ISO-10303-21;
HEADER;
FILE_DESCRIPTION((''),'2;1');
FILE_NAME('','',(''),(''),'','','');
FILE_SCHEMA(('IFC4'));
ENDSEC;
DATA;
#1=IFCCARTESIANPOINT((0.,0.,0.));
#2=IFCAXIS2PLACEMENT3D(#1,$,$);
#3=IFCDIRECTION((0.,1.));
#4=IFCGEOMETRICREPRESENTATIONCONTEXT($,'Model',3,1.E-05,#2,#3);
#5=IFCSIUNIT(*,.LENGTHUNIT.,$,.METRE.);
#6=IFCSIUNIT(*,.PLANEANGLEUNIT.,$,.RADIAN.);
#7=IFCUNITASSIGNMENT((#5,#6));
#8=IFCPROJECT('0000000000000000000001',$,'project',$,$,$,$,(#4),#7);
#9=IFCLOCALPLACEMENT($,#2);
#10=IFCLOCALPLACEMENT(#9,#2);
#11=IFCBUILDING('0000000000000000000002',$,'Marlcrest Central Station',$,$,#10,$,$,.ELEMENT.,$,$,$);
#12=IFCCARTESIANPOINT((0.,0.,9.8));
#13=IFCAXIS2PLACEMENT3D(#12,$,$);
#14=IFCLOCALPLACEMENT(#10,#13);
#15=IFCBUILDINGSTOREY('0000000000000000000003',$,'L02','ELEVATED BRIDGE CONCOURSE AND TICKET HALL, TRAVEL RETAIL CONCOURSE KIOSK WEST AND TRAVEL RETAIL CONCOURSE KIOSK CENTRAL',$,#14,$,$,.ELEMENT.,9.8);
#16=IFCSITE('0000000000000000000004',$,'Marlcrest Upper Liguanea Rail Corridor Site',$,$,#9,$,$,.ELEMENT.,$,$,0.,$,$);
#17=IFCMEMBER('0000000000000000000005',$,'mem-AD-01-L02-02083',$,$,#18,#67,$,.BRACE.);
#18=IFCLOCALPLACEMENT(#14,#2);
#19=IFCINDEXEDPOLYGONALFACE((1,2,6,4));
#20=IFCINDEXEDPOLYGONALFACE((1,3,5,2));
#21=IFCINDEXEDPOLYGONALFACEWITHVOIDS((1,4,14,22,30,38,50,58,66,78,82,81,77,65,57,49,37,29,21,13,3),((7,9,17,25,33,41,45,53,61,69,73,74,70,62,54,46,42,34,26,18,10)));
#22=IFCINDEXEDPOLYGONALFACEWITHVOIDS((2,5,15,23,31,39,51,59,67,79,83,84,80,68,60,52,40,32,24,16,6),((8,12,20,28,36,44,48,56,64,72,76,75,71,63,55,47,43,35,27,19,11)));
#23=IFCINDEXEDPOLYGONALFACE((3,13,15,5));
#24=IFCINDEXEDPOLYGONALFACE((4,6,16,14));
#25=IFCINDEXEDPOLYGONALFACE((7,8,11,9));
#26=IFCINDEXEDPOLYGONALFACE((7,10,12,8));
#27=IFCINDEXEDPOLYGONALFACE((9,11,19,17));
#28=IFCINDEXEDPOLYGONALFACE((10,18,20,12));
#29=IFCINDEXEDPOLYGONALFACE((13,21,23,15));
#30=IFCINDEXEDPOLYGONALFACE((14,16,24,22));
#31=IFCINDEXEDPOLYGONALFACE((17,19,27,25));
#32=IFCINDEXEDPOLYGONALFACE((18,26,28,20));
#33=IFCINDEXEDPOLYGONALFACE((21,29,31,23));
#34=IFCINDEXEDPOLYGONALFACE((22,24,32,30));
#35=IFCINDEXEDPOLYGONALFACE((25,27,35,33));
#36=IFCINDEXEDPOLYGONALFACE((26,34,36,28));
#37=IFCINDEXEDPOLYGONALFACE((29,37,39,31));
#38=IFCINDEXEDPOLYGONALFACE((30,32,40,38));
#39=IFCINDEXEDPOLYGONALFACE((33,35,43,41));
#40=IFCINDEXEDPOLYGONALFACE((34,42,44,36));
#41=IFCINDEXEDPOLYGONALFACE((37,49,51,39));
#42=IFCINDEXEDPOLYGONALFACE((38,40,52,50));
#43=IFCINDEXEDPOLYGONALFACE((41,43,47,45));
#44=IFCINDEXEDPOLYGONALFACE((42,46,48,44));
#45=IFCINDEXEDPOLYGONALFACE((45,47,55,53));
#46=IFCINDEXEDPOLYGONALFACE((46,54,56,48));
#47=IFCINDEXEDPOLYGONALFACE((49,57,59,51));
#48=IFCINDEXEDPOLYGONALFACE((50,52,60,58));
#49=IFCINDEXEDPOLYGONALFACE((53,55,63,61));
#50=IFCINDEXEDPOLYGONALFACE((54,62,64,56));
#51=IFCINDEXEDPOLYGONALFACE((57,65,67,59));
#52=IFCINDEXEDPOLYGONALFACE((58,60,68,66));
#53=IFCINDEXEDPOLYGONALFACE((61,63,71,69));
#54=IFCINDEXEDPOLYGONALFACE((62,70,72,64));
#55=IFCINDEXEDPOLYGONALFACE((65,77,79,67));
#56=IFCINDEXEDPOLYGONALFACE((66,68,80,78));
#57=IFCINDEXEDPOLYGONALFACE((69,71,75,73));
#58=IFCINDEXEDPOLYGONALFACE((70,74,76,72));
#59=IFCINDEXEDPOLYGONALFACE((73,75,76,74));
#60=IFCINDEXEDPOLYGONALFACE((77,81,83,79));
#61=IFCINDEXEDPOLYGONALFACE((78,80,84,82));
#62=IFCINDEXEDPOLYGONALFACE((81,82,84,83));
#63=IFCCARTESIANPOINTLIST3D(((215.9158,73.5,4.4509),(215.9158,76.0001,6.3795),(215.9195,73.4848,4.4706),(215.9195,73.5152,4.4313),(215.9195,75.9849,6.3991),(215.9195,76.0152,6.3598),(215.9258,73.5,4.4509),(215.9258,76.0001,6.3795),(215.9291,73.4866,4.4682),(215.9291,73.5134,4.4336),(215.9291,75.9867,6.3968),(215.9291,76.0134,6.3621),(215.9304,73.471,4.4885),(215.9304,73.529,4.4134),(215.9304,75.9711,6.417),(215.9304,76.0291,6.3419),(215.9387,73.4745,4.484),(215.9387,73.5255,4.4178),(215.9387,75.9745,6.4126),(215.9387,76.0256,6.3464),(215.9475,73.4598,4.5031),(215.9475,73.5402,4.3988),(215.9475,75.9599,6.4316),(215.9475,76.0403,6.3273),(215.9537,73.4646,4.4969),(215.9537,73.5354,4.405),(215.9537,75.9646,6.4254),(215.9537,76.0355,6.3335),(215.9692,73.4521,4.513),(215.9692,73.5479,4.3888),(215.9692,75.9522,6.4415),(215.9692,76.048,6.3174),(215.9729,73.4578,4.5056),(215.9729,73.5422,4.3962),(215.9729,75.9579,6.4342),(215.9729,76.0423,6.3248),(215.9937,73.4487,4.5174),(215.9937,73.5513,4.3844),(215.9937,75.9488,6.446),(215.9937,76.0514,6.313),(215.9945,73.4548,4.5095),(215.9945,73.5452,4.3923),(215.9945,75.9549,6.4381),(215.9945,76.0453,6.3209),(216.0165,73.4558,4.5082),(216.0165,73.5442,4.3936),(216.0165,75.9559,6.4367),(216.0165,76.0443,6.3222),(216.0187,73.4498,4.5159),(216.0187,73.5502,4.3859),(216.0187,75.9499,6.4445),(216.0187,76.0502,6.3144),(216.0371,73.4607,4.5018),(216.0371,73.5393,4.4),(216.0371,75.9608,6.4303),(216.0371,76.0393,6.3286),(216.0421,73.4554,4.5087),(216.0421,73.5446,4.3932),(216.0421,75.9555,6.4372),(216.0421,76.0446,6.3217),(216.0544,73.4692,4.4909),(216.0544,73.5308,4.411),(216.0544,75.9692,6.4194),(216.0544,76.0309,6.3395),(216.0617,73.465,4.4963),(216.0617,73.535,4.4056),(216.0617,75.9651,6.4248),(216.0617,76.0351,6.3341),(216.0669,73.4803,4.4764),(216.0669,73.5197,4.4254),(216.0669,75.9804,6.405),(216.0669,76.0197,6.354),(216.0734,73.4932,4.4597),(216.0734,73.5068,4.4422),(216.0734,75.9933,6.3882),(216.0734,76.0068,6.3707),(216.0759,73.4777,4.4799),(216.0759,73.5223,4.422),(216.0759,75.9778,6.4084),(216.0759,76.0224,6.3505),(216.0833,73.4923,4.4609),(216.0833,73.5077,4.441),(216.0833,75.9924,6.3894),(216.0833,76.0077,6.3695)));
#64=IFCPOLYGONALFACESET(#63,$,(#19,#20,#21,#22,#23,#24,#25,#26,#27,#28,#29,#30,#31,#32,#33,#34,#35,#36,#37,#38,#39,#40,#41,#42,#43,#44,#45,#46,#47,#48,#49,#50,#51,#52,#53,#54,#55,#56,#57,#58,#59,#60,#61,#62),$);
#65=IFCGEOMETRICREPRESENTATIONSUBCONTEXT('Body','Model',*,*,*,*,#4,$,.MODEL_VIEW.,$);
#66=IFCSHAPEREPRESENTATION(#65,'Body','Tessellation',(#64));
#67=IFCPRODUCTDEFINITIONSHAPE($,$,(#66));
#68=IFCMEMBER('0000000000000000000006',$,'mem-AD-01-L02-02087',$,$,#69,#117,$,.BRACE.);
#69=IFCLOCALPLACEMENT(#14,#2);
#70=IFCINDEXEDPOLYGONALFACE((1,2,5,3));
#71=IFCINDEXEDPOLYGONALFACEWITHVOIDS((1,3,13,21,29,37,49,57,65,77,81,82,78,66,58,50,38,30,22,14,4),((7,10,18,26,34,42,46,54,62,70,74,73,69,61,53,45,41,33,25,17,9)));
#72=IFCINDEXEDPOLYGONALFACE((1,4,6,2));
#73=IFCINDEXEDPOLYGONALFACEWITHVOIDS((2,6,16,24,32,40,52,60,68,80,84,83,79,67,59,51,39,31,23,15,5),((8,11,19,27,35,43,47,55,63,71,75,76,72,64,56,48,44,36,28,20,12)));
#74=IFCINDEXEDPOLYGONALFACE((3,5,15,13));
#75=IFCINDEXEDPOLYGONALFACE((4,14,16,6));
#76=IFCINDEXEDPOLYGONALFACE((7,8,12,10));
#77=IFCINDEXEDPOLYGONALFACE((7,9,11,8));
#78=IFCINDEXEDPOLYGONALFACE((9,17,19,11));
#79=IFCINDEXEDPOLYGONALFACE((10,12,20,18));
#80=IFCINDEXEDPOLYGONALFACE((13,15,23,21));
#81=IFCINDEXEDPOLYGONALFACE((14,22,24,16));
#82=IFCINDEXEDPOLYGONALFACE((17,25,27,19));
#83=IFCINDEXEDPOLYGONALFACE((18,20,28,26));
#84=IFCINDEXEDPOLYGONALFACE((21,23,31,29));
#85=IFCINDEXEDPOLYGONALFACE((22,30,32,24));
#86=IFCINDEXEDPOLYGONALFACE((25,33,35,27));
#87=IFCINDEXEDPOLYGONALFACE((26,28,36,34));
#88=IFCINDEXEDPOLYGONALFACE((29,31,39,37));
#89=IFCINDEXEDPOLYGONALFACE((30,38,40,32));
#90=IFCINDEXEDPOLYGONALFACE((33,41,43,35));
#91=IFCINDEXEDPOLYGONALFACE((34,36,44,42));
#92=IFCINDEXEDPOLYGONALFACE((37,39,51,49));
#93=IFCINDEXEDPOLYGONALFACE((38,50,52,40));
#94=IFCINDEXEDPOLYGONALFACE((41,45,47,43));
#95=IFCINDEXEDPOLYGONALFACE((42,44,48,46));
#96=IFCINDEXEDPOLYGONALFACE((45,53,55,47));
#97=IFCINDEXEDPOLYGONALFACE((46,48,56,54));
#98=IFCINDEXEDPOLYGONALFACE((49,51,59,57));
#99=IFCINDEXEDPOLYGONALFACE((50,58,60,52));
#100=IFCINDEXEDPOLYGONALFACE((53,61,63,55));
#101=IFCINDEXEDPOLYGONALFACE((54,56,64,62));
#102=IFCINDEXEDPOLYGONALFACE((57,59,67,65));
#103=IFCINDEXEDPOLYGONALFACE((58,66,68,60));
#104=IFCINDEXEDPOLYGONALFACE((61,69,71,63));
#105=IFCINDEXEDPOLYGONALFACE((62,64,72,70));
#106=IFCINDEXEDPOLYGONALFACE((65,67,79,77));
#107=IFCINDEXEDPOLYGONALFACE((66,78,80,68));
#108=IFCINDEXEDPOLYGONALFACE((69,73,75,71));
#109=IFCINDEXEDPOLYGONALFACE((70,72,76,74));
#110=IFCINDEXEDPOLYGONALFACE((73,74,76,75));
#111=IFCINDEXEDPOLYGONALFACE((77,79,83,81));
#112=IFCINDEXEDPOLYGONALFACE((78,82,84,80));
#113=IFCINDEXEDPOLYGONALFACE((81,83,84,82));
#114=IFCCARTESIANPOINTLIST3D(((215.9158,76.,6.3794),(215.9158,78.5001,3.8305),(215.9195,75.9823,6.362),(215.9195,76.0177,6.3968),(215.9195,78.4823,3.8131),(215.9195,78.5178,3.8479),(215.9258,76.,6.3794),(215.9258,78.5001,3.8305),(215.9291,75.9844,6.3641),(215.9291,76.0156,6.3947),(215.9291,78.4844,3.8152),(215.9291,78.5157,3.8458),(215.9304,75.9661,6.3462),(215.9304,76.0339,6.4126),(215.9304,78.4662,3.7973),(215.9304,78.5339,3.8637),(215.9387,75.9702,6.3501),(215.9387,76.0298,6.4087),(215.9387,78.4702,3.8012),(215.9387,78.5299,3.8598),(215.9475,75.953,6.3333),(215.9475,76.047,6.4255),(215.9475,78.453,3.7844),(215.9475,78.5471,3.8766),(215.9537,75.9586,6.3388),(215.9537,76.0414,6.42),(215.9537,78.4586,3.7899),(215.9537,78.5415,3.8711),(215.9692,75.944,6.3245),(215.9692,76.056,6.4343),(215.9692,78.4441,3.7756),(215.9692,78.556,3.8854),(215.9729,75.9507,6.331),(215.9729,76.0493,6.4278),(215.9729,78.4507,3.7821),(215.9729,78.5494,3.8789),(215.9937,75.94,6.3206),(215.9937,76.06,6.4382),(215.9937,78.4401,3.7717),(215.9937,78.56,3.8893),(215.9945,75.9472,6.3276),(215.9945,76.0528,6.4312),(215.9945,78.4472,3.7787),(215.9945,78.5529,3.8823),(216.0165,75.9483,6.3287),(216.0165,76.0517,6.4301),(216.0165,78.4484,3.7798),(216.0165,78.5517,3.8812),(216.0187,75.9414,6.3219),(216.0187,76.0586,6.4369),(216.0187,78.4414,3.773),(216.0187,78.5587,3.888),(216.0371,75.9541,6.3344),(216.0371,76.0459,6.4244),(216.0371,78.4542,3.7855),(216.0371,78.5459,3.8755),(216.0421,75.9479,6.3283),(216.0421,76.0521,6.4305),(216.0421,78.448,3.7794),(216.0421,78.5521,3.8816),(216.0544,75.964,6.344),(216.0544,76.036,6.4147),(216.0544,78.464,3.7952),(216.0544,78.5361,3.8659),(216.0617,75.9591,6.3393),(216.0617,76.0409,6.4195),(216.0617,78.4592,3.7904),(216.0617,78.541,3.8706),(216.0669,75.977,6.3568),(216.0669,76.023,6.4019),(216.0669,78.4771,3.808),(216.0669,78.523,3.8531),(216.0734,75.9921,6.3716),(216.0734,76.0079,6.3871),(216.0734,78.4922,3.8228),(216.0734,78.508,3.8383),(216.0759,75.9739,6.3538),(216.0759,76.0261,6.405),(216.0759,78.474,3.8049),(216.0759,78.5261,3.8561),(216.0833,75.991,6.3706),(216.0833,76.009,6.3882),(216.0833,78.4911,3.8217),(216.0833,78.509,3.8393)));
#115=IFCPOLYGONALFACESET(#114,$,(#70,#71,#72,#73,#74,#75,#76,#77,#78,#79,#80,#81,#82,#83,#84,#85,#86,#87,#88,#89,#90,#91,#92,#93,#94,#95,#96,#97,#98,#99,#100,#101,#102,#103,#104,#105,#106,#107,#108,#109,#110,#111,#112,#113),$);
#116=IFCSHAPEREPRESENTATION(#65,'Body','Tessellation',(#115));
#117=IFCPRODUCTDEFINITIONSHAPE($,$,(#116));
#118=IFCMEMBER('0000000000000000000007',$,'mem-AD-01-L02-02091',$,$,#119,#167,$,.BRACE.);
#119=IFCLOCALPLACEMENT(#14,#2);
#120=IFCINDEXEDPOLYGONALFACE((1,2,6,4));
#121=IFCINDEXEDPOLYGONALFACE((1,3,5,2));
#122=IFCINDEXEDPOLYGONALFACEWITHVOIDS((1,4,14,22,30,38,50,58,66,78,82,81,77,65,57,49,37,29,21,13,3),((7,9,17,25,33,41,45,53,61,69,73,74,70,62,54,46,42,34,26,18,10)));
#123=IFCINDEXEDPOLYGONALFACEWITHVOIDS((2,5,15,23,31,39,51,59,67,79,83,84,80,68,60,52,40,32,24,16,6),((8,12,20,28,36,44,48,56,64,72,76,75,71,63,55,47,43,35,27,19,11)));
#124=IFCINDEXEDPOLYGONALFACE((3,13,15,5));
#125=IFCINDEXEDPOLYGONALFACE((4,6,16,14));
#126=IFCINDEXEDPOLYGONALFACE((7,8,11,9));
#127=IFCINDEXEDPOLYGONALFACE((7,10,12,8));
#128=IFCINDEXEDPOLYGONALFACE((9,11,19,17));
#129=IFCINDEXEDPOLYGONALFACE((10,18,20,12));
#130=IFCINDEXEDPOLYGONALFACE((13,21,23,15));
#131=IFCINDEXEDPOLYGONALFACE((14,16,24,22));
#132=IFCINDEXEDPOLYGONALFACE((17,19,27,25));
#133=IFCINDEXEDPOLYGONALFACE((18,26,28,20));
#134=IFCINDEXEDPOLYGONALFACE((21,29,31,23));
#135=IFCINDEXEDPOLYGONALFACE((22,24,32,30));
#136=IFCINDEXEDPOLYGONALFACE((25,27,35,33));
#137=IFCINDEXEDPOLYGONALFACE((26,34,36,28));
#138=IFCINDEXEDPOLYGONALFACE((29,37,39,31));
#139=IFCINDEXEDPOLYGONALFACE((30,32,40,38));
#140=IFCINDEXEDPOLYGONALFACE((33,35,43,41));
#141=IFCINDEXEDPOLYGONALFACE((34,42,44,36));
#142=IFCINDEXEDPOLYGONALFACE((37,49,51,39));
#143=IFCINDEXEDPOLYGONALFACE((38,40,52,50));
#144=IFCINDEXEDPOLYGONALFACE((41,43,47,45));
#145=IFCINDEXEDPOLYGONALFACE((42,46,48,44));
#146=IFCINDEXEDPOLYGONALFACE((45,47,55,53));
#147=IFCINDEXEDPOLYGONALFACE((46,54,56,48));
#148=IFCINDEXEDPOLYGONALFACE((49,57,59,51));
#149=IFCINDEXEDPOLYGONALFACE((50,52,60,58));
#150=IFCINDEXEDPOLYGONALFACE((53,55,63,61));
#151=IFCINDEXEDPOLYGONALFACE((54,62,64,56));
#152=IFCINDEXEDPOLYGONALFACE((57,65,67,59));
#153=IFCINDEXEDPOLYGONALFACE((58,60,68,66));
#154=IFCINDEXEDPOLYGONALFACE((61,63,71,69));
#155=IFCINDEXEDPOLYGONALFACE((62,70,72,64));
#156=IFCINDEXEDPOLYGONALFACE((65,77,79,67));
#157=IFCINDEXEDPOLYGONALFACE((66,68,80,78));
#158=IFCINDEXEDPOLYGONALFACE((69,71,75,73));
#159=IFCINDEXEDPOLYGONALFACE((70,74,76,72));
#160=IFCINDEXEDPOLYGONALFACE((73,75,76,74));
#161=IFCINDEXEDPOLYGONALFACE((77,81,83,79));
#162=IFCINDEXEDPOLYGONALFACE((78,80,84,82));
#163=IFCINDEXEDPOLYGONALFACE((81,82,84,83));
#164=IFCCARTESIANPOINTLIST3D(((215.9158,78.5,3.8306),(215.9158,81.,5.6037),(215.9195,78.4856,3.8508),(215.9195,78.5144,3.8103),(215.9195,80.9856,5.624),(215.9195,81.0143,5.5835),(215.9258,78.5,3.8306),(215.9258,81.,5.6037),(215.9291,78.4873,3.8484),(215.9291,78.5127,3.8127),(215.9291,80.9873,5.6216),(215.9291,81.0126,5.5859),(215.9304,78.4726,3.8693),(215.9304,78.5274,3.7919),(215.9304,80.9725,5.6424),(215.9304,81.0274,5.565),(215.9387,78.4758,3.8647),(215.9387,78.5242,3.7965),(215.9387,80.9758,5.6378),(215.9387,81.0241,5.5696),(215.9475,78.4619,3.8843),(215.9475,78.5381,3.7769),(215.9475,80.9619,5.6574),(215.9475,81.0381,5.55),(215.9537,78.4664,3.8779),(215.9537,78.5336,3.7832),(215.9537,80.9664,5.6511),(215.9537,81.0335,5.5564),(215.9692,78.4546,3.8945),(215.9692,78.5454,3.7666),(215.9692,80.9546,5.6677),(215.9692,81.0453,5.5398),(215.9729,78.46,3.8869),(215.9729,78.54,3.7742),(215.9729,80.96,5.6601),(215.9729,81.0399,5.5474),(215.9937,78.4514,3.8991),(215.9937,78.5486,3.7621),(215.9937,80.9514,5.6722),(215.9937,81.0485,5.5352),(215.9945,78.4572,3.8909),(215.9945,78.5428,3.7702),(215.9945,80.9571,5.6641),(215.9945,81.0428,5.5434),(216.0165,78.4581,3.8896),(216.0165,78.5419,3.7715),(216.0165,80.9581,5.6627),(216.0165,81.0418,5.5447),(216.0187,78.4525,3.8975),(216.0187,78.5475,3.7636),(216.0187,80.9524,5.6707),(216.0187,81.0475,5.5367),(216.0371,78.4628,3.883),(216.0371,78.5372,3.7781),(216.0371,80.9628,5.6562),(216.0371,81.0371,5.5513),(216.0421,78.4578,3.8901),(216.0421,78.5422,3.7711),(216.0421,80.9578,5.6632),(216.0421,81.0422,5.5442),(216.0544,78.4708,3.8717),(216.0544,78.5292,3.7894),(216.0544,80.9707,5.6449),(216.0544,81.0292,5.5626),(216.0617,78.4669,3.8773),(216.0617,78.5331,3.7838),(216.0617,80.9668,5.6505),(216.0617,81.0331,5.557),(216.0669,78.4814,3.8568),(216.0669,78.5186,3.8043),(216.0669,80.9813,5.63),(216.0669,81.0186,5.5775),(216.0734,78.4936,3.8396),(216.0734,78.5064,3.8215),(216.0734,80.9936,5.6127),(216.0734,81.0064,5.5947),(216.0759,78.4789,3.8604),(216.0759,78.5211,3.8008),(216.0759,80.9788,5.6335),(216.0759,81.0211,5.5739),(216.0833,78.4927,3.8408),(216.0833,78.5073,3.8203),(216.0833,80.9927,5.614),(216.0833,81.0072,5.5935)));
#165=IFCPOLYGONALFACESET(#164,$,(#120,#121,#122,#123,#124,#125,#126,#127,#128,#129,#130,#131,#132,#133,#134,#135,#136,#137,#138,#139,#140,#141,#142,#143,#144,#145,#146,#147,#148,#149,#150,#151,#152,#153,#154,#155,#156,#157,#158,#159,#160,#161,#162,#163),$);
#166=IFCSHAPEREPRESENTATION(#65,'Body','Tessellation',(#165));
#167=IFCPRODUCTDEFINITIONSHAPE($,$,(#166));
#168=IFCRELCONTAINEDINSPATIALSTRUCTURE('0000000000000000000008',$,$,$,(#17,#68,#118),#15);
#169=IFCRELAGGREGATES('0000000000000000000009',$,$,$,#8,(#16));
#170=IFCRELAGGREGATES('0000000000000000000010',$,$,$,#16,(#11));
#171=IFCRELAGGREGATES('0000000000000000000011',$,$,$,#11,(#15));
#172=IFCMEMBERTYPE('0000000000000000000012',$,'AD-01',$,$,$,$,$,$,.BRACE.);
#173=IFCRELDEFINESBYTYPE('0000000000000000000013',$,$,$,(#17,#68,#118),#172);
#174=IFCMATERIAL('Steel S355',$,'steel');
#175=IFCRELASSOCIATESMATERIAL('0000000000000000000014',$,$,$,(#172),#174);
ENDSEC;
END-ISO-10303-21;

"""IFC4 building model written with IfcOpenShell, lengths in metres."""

from ifc_helpers import new_model, si_unit, direction, frame, origin, origin_2d, place, context, subcontext, project, spatial, hollow_circle, extrude, material, material_profile, profile_set, type_object, element, save


model = new_model("IFC4")

# Units and contexts
model_context = context("Model", 3, precision=1e-05, world=origin(), true_north=direction((0.0, 1.0)))
body_context = subcontext(model_context, "Body", "Model", "MODEL_VIEW")
ifc_project = project(units=[si_unit("LENGTHUNIT", "METRE"), si_unit("PLANEANGLEUNIT", "RADIAN")], contexts=[model_context])

# Site, building, storey
site_placement = place(None, origin())
site = spatial("IfcSite", under=ifc_project, at=site_placement, Name="Marlcrest Upper Liguanea Rail Corridor Site", CompositionType="ELEMENT", RefElevation=0.0)
building_placement = place(site_placement, origin())
building = spatial("IfcBuilding", under=site, at=building_placement, Name="Marlcrest Central Station", CompositionType="ELEMENT")
storey_placement = place(building_placement, frame((0.0, 0.0, 9.8)))
storey = spatial("IfcBuildingStorey", under=building, at=storey_placement, Name="L02", Description="ELEVATED BRIDGE CONCOURSE AND TICKET HALL, TRAVEL RETAIL CONCOURSE KIOSK WEST AND TRAVEL RETAIL CONCOURSE KIOSK CENTRAL", CompositionType="ELEMENT", Elevation=9.8)

# Members
ifc_material = material(Name="Steel S355", Category="steel")
ifc_material_profile_1 = material_profile(ifc_material, hollow_circle(Radius=0.0842, WallThickness=0.01, at=origin_2d()), Name="CHS 168.3x10")
ifc_profile_set_1 = profile_set([ifc_material_profile_1], Name="Steel S355")
member_type_1 = type_object("IfcMemberType", Name="AD-01", PredefinedType="BRACE", material=ifc_profile_set_1)
member_1_placement = place(storey_placement, frame((216.0, 73.5, 4.4509), z_axis=(0.0, 0.791798, 0.610783), x_axis=(-1.0, 0.0, 0.0)))
element("IfcMember", 1, at=member_1_placement, inside=storey, type_object=member_type_1, Name="mem-AD-01-L02-02083", PredefinedType="BRACE", context=body_context, shape_type="SweptSolid", body=[
    extrude(hollow_circle(Radius=0.0842, WallThickness=0.01, at=origin_2d()), origin(), (0.0, 0.0, 1.0), 3.1575),
])
member_2_placement = place(storey_placement, frame((216.0, 76.0, 6.3794), z_axis=(0.0, 0.700235, -0.713912), x_axis=(-1.0, 0.0, 0.0)))
element("IfcMember", 2, at=member_2_placement, inside=storey, type_object=member_type_1, Name="mem-AD-01-L02-02087", PredefinedType="BRACE", context=body_context, shape_type="SweptSolid", body=[
    extrude(hollow_circle(Radius=0.0842, WallThickness=0.01, at=origin_2d()), origin(), (0.0, 0.0, 1.0), 3.5703),
])
member_3_placement = place(storey_placement, frame((216.0, 78.5, 3.8306), z_axis=(0.0, 0.815661, 0.57853), x_axis=(-1.0, 0.0, 0.0)))
element("IfcMember", 3, at=member_3_placement, inside=storey, type_object=member_type_1, Name="mem-AD-01-L02-02091", PredefinedType="BRACE", context=body_context, shape_type="SweptSolid", body=[
    extrude(hollow_circle(Radius=0.0842, WallThickness=0.01, at=origin_2d()), origin(), (0.0, 0.0, 1.0), 3.0649),
])

save(model, "model.ifc")
